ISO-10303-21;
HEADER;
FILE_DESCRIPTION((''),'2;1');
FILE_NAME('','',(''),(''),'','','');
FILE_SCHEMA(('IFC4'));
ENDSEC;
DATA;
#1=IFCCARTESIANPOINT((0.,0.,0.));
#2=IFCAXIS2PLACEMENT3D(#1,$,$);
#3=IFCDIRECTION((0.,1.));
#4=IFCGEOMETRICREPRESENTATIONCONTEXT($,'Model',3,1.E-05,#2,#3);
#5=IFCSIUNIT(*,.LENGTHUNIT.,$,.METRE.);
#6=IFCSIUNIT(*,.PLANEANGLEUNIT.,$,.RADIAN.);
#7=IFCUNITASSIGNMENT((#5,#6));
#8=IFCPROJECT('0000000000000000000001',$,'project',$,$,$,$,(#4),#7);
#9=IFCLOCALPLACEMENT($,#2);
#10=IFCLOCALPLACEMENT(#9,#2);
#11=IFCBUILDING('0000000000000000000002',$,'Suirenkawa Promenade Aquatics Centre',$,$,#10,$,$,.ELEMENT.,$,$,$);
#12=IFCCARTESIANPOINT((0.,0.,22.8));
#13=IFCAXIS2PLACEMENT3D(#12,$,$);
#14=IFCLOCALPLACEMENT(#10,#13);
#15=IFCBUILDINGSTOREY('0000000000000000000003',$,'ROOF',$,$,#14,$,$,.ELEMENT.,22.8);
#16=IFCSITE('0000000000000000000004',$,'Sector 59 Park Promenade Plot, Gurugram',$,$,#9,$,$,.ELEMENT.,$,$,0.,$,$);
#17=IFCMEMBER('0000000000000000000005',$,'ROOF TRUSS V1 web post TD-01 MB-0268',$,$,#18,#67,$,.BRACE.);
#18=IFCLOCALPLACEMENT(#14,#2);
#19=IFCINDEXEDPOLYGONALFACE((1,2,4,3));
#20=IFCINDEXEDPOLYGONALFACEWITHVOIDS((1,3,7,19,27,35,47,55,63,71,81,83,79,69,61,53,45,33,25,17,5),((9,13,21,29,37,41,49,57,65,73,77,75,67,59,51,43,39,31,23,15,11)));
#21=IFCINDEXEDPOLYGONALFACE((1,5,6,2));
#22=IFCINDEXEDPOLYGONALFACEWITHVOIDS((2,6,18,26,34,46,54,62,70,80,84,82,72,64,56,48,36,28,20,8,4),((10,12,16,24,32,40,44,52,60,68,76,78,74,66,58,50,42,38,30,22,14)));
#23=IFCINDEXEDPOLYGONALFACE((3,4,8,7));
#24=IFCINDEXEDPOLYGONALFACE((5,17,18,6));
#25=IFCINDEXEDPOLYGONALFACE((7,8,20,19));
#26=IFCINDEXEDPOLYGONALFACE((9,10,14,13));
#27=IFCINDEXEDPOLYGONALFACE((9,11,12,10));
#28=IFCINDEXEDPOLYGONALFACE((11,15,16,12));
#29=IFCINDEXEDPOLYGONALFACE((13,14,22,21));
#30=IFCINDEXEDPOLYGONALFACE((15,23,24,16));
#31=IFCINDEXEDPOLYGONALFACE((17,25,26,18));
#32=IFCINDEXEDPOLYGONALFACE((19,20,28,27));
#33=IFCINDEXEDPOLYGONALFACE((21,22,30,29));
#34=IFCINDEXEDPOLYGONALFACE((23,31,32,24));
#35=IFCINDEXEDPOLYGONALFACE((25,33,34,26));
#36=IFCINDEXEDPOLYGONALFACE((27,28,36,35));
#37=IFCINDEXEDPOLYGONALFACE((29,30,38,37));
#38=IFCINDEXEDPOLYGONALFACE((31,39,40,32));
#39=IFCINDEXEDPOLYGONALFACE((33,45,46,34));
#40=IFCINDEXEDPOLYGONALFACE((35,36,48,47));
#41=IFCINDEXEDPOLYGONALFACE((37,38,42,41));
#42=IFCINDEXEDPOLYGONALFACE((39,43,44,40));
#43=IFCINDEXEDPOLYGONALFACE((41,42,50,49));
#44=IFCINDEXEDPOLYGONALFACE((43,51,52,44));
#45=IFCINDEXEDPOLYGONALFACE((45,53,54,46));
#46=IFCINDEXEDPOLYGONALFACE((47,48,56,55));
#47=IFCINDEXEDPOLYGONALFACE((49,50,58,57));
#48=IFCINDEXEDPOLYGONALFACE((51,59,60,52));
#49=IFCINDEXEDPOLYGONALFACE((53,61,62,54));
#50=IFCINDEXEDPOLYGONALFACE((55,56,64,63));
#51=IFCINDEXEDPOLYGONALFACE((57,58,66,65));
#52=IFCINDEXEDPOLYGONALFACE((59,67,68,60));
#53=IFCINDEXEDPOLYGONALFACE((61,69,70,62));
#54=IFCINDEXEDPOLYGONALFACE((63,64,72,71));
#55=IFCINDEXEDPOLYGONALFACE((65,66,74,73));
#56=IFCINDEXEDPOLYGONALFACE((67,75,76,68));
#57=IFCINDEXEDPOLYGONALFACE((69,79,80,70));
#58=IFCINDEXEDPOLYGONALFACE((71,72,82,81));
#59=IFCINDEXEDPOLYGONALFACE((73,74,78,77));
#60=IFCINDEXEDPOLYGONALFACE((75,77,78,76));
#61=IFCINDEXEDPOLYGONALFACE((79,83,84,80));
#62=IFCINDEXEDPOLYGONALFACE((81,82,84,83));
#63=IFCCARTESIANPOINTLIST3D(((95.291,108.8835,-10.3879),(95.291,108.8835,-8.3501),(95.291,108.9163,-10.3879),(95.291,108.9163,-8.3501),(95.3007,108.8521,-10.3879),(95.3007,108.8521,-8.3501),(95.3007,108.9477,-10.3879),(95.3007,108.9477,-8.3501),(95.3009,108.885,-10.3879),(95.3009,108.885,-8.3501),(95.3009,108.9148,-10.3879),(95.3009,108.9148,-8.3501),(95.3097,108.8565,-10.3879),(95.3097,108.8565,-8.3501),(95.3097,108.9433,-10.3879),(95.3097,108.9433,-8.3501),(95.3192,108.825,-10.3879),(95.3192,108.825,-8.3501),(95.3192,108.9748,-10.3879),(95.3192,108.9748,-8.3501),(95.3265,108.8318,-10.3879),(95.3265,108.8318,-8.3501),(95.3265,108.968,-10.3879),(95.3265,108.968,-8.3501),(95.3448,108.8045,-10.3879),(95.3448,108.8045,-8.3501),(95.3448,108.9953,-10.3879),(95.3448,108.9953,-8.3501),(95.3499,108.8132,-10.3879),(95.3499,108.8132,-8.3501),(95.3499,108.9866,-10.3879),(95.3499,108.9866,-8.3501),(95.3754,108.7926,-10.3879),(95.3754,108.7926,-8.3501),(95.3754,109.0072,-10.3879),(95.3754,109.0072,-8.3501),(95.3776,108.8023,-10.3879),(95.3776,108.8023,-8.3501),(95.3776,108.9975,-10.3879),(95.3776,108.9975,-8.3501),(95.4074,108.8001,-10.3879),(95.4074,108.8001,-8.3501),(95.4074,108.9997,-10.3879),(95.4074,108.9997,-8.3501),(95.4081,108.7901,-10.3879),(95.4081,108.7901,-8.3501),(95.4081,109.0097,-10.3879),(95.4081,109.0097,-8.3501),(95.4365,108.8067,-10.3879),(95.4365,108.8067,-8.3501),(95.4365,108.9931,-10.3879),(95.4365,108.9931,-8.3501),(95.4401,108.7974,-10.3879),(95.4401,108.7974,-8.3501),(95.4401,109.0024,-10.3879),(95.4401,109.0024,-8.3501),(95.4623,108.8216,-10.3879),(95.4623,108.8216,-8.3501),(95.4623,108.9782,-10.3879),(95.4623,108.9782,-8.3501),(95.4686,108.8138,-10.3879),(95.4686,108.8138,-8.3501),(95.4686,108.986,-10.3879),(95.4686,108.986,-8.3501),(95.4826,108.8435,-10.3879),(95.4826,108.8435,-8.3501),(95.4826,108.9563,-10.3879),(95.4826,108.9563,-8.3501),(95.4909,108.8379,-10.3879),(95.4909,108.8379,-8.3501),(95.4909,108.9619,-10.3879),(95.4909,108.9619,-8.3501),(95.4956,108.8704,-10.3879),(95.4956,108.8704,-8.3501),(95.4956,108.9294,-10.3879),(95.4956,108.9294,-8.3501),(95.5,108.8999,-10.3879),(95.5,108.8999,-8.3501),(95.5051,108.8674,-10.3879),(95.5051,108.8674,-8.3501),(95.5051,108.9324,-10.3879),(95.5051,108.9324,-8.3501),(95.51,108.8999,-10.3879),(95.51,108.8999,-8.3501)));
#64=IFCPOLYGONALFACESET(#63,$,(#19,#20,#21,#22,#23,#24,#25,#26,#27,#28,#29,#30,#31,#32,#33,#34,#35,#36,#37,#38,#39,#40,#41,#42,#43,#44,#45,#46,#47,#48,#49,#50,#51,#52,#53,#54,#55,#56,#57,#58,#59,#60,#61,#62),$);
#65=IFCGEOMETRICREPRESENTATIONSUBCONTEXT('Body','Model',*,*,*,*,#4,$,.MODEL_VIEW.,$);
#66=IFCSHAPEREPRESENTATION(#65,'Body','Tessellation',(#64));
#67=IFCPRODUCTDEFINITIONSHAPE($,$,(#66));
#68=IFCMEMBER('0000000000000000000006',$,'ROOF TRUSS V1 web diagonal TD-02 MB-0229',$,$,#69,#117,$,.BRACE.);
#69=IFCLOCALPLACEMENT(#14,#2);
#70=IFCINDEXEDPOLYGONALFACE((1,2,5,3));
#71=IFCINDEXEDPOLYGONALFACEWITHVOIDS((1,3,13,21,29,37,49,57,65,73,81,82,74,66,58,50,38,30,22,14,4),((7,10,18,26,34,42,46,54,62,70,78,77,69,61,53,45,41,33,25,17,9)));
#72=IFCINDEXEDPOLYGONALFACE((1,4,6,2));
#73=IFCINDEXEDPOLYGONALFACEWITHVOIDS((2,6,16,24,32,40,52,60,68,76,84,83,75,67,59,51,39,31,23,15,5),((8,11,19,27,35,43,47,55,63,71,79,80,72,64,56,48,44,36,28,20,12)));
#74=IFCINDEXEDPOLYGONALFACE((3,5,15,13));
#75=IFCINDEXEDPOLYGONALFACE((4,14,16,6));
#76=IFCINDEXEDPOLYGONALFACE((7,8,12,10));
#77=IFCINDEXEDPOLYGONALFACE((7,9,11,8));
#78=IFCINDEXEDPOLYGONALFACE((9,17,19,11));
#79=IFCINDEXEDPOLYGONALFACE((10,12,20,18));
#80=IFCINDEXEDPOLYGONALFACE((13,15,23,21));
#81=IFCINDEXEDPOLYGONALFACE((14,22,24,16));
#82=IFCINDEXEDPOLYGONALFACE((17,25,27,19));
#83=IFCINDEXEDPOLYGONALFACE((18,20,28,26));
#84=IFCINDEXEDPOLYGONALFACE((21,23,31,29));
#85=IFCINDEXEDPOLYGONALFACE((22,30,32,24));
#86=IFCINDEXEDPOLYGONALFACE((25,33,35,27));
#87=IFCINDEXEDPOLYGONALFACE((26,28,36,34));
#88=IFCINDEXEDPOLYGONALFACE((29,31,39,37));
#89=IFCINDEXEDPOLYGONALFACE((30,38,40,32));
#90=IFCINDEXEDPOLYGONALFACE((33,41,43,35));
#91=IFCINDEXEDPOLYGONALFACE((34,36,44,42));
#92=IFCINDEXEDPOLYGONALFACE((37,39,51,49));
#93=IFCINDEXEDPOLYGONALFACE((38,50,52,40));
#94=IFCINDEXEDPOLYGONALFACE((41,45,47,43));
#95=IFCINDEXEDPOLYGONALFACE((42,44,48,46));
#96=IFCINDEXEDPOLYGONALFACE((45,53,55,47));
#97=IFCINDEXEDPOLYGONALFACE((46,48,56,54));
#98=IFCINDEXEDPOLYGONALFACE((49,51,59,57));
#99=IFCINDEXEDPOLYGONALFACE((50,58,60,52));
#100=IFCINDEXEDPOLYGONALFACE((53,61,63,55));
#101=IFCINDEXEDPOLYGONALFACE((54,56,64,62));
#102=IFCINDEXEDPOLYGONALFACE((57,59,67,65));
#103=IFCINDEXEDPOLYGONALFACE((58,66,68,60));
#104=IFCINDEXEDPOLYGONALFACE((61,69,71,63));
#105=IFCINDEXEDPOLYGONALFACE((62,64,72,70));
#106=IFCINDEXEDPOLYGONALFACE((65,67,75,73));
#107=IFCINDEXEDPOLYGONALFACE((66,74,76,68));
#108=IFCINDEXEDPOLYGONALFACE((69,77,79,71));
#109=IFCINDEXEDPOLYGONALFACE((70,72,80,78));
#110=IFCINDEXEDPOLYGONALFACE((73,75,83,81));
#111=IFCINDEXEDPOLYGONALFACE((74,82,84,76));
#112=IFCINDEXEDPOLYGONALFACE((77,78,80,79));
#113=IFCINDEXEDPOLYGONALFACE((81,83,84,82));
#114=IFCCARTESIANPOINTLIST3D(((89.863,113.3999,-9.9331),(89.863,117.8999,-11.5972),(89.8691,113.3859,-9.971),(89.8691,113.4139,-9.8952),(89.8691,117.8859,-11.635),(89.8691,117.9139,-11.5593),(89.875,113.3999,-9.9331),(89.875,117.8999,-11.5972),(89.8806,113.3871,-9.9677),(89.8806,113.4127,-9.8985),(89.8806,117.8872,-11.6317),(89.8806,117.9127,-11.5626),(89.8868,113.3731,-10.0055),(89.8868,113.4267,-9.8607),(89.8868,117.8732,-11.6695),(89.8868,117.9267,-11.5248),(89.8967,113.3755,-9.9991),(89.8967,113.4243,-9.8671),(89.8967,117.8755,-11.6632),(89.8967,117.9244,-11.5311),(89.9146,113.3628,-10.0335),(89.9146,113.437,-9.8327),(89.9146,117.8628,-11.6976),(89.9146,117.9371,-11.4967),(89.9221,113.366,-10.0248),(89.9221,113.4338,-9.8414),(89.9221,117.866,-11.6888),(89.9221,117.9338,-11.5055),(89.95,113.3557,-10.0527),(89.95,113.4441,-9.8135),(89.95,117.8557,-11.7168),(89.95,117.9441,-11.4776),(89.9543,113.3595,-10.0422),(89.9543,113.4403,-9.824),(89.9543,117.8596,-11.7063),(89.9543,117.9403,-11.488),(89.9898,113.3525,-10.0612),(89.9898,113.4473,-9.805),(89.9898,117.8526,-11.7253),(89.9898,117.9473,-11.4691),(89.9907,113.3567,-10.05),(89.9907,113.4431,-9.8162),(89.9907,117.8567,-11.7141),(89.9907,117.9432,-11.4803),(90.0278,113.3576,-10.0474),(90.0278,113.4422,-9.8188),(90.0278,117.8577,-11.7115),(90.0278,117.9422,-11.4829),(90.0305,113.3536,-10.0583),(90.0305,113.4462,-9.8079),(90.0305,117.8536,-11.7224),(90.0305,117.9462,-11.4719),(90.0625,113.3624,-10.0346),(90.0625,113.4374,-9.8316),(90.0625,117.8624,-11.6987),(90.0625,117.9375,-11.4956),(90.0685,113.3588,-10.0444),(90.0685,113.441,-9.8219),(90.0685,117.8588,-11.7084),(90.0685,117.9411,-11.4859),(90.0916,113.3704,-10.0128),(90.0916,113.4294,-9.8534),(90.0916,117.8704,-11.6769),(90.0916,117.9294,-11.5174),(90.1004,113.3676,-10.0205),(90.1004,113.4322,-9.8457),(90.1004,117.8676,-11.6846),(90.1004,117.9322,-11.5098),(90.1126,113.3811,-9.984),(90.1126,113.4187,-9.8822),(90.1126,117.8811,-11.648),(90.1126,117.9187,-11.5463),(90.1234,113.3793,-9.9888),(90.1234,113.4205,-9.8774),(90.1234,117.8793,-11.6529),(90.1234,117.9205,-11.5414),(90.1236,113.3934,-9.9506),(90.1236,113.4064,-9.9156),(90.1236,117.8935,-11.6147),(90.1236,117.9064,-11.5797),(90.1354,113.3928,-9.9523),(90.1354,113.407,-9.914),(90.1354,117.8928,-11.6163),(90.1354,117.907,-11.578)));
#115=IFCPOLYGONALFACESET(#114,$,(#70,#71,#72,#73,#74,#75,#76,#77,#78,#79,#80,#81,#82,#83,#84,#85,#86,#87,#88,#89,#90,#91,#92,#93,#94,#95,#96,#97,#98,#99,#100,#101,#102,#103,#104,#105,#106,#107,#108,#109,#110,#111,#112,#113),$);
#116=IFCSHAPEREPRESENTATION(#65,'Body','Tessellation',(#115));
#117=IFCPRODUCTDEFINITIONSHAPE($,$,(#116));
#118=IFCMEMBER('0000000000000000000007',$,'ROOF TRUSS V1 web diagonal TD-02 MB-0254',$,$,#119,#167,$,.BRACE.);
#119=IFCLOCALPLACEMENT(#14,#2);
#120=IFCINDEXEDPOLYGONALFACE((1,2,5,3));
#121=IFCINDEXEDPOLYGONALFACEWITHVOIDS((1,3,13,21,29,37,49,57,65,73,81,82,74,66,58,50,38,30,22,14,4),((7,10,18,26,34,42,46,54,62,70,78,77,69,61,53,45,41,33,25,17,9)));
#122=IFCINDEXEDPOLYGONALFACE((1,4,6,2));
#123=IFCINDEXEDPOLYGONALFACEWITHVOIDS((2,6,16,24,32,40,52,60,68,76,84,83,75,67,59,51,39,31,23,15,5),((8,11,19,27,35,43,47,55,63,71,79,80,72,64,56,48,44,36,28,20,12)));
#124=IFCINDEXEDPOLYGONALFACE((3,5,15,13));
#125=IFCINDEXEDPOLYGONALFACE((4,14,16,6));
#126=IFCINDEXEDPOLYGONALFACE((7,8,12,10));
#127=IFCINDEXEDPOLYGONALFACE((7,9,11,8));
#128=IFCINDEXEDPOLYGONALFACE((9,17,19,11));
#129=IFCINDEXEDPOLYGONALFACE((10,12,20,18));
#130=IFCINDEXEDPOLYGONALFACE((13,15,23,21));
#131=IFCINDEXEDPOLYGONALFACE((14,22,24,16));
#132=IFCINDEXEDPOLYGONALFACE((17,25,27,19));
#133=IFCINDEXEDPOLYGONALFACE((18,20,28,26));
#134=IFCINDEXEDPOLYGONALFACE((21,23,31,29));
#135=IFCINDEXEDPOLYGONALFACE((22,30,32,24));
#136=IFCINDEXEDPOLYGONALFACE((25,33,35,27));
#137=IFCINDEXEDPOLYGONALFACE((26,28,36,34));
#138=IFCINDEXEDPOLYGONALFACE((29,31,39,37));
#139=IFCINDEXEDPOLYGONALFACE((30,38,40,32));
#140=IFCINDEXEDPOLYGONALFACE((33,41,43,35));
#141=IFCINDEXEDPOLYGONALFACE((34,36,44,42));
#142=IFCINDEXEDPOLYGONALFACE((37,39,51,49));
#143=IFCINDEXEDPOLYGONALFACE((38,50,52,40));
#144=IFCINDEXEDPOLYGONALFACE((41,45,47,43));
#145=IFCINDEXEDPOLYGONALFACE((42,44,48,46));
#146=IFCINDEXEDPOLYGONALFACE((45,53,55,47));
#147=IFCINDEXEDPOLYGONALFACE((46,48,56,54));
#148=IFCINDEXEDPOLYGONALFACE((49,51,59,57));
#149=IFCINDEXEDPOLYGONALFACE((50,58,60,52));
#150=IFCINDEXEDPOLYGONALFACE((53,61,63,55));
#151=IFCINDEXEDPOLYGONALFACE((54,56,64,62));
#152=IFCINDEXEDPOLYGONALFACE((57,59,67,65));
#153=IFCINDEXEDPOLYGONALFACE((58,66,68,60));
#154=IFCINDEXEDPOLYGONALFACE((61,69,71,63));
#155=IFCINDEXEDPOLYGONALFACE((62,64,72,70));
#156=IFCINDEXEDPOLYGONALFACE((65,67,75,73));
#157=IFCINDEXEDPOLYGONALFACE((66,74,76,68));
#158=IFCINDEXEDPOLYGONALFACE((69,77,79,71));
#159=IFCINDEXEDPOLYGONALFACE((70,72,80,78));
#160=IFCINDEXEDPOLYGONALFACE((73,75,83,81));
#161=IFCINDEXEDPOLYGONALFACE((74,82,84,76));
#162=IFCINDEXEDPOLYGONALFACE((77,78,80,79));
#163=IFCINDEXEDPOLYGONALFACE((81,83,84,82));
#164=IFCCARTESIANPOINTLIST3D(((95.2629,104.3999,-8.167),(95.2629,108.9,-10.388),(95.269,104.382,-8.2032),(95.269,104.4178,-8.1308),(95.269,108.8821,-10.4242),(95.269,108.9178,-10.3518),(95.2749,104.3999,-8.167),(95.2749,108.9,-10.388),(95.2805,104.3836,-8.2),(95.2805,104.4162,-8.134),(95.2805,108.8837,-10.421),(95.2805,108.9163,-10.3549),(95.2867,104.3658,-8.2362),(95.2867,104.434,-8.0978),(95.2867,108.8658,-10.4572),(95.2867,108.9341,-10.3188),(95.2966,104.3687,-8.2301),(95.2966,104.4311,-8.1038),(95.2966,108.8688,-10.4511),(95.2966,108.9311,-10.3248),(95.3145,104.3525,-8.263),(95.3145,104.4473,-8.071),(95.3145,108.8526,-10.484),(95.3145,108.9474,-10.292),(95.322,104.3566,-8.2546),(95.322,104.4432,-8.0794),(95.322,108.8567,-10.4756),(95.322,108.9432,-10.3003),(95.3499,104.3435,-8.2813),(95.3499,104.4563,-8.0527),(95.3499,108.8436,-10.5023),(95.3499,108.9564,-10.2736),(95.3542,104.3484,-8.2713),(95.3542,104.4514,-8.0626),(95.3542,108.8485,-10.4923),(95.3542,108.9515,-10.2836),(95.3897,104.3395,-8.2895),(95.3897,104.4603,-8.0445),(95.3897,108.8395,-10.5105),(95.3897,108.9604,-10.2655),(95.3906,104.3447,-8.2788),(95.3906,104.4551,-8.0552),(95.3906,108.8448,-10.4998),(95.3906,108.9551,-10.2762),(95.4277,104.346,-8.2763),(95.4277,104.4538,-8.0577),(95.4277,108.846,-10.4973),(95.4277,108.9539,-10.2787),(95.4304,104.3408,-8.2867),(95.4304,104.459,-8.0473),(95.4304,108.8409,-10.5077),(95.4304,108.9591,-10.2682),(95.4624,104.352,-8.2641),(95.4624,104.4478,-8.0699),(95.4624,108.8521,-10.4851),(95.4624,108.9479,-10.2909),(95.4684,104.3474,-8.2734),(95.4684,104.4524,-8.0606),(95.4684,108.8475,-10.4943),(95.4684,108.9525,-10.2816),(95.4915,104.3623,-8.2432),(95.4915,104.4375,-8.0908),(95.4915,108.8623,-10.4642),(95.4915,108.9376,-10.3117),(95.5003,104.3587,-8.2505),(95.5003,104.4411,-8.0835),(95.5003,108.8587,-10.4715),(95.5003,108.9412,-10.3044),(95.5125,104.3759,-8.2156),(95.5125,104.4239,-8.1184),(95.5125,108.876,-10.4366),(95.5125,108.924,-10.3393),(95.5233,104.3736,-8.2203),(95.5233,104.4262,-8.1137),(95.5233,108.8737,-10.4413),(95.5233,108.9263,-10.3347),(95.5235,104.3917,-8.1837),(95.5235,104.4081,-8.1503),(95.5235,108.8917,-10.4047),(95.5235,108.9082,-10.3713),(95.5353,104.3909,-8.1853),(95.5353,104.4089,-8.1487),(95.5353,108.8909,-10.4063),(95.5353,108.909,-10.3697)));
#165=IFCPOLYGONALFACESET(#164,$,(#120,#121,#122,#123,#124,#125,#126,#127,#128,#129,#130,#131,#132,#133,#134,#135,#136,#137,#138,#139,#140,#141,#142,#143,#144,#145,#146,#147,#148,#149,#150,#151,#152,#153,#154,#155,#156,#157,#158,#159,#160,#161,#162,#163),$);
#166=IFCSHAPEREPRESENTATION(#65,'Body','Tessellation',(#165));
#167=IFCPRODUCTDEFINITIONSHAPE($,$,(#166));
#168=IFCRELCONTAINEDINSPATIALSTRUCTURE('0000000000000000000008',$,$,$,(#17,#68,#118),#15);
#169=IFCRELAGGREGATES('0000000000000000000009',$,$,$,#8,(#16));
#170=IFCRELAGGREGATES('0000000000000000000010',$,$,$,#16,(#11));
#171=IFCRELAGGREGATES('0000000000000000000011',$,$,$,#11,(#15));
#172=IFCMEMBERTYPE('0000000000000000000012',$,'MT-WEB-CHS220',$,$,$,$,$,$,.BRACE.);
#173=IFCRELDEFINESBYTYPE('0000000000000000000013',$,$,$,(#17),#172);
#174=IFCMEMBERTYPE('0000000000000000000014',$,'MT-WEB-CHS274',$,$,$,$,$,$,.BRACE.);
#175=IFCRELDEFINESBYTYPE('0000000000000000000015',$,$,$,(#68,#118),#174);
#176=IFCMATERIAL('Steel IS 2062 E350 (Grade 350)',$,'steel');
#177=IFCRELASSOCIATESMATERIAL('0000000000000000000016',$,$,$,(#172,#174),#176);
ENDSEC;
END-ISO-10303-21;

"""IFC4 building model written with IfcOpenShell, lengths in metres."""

from ifc_helpers import new_model, si_unit, direction, frame, origin, origin_2d, place, context, subcontext, project, spatial, hollow_circle, extrude, material, material_profile, profile_set, type_object, element, save


model = new_model("IFC4")

# Units and contexts
model_context = context("Model", 3, precision=1e-05, world=origin(), true_north=direction((0.0, 1.0)))
body_context = subcontext(model_context, "Body", "Model", "MODEL_VIEW")
ifc_project = project(units=[si_unit("LENGTHUNIT", "METRE"), si_unit("PLANEANGLEUNIT", "RADIAN")], contexts=[model_context])

# Site, building, storey
site_placement = place(None, origin())
site = spatial("IfcSite", under=ifc_project, at=site_placement, Name="Sector 59 Park Promenade Plot, Gurugram", CompositionType="ELEMENT", RefElevation=0.0)
building_placement = place(site_placement, origin())
building = spatial("IfcBuilding", under=site, at=building_placement, Name="Suirenkawa Promenade Aquatics Centre", CompositionType="ELEMENT")
storey_placement = place(building_placement, frame((0.0, 0.0, 22.8)))
storey = spatial("IfcBuildingStorey", under=building, at=storey_placement, Name="ROOF", CompositionType="ELEMENT", Elevation=22.8)

# Shared definitions
ifc_material = material(Name="Steel IS 2062 E350 (Grade 350)", Category="steel")

# Members
ifc_material_profile_1 = material_profile(ifc_material, hollow_circle(Radius=0.1101, WallThickness=0.01, at=origin_2d()), Name="CHS 220x10", Category="steel")
ifc_profile_set_1 = profile_set([ifc_material_profile_1], Name="Steel IS 2062 E350 (Grade 350)")
member_type_1 = type_object("IfcMemberType", Name="MT-WEB-CHS220", PredefinedType="BRACE", material=ifc_profile_set_1)
member_1_placement = place(storey_placement, frame((95.3999, 108.8999, -10.3879), z_axis=(0.0, 0.0, 1.0), x_axis=(1.0, 0.0, 0.0)))
element("IfcMember", 1, at=member_1_placement, inside=storey, type_object=member_type_1, Name="ROOF TRUSS V1 web post TD-01 MB-0268", PredefinedType="BRACE", context=body_context, shape_type="SweptSolid", body=[
    extrude(hollow_circle(Radius=0.1101, WallThickness=0.01, at=origin_2d()), origin(), (0.0, 0.0, 1.0), 2.0378),
])
ifc_material_profile_2 = material_profile(ifc_material, hollow_circle(Radius=0.137, WallThickness=0.012, at=origin_2d()), Name="CHS 274x12", Category="steel")
ifc_profile_set_2 = profile_set([ifc_material_profile_2], Name="Steel IS 2062 E350 (Grade 350)")
member_type_2 = type_object("IfcMemberType", Name="MT-WEB-CHS274", PredefinedType="BRACE", material=ifc_profile_set_2)
member_2_placement = place(storey_placement, frame((90.0, 113.3999, -9.9331), z_axis=(0.0, 0.937925, -0.346837), x_axis=(-1.0, 0.0, 0.0)))
element("IfcMember", 2, at=member_2_placement, inside=storey, type_object=member_type_2, Name="ROOF TRUSS V1 web diagonal TD-02 MB-0229", PredefinedType="BRACE", context=body_context, shape_type="SweptSolid", body=[
    extrude(hollow_circle(Radius=0.137, WallThickness=0.012, at=origin_2d()), origin(), (0.0, 0.0, 1.0), 4.7979),
])
member_3_placement = place(storey_placement, frame((95.3999, 104.3999, -8.167), z_axis=(0.0, 0.896731, -0.442576), x_axis=(-1.0, 0.0, 0.0)))
element("IfcMember", 3, at=member_3_placement, inside=storey, type_object=member_type_2, Name="ROOF TRUSS V1 web diagonal TD-02 MB-0254", PredefinedType="BRACE", context=body_context, shape_type="SweptSolid", body=[
    extrude(hollow_circle(Radius=0.137, WallThickness=0.012, at=origin_2d()), origin(), (0.0, 0.0, 1.0), 5.0183),
])

save(model, "model.ifc")
